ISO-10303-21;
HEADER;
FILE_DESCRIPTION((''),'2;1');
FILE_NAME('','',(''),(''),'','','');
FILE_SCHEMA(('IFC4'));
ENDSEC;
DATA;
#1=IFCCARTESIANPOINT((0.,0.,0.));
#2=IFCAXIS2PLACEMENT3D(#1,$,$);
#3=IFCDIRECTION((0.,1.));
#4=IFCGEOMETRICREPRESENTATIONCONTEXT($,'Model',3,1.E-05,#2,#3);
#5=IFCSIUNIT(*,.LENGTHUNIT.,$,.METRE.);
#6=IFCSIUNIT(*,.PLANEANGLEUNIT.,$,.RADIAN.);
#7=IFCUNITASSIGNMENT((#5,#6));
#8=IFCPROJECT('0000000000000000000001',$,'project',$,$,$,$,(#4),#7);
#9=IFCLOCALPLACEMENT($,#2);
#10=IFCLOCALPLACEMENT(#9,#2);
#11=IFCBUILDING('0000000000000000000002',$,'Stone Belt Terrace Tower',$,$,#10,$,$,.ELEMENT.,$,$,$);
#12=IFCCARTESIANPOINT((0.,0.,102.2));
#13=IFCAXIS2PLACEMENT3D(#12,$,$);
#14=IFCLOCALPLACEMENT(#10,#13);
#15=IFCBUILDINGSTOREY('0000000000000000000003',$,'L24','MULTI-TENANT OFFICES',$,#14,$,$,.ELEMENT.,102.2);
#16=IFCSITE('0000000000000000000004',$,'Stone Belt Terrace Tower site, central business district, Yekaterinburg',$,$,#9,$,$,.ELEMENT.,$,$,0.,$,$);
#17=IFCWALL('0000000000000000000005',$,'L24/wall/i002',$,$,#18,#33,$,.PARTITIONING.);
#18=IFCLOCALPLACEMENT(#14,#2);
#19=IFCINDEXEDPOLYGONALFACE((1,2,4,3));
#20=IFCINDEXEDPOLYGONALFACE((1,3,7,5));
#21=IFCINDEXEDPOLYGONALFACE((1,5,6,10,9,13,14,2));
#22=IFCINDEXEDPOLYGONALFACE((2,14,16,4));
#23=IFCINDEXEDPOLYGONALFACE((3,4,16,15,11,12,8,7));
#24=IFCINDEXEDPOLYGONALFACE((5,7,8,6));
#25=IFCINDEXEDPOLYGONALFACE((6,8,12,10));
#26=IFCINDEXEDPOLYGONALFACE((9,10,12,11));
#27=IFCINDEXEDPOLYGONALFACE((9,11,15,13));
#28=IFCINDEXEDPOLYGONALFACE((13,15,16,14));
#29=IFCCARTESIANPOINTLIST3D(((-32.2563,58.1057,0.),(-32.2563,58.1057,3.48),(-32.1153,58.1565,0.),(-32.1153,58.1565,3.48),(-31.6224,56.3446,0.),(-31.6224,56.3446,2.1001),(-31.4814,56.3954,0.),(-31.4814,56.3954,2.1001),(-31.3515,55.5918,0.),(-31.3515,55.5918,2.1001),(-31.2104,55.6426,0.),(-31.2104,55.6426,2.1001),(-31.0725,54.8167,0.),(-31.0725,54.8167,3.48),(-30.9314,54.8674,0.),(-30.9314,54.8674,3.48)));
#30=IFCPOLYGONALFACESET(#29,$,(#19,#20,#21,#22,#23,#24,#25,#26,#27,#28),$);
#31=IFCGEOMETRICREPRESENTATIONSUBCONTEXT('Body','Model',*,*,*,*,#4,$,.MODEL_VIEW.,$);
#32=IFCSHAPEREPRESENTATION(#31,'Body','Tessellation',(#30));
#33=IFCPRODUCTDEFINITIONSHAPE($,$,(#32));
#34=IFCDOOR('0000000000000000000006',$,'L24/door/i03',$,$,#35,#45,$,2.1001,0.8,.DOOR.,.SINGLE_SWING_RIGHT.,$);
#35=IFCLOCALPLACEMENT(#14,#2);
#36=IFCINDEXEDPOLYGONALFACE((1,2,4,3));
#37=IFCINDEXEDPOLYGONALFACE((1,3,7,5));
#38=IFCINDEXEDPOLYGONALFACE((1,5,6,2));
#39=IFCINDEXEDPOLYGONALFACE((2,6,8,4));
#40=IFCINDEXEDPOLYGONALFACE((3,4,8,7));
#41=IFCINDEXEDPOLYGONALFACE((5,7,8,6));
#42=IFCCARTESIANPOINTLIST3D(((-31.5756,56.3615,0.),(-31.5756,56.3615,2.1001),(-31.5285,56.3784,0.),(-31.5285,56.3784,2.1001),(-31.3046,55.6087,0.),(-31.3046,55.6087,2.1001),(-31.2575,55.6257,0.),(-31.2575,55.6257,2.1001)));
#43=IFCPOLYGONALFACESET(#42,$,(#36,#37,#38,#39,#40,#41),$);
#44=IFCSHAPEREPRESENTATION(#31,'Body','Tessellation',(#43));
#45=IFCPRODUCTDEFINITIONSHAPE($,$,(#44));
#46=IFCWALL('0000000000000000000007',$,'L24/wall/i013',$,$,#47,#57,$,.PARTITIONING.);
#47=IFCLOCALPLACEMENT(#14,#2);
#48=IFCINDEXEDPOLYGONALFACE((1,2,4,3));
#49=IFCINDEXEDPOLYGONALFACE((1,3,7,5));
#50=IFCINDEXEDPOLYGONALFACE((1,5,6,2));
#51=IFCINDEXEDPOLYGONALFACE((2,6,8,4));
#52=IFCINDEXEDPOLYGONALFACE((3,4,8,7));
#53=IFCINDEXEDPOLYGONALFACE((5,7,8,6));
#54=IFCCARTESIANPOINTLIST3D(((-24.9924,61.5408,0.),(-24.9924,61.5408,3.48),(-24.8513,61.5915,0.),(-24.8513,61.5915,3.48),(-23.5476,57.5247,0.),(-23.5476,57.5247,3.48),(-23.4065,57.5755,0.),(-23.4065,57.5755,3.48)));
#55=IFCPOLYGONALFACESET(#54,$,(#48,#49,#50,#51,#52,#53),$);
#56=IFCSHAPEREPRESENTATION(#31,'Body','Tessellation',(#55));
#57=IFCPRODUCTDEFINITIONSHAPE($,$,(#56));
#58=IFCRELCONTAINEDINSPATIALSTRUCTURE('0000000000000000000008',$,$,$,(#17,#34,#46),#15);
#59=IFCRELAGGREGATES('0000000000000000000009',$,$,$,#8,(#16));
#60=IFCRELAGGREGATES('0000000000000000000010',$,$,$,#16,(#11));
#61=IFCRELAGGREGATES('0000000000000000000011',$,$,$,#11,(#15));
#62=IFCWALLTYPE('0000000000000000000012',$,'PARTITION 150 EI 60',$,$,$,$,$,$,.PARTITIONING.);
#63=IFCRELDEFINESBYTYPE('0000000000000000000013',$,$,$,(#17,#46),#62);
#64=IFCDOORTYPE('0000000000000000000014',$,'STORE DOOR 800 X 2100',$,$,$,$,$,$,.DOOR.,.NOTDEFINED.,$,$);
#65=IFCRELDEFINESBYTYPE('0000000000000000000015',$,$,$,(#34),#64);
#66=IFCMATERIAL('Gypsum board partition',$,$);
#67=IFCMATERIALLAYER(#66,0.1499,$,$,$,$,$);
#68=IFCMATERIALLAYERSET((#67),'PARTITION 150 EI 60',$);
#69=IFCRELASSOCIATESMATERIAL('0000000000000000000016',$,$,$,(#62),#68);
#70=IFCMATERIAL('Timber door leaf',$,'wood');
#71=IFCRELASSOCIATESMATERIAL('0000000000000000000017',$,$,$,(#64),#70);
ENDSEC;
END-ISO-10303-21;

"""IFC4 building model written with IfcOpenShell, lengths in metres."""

from ifc_helpers import new_model, si_unit, direction, frame, frame_2d, origin, place, context, subcontext, project, spatial, rectangle, extrude, material, layer, layer_set, type_object, element, fill, save


model = new_model("IFC4")

# Units and contexts
model_context = context("Model", 3, precision=1e-05, world=origin(), true_north=direction((0.0, 1.0)))
body_context = subcontext(model_context, "Body", "Model", "MODEL_VIEW")
ifc_project = project(units=[si_unit("LENGTHUNIT", "METRE"), si_unit("PLANEANGLEUNIT", "RADIAN")], contexts=[model_context])

# Site, building, storey
site_placement = place(None, origin())
site = spatial("IfcSite", under=ifc_project, at=site_placement, Name="Stone Belt Terrace Tower site, central business district, Yekaterinburg", CompositionType="ELEMENT", RefElevation=0.0)
building_placement = place(site_placement, origin())
building = spatial("IfcBuilding", under=site, at=building_placement, Name="Stone Belt Terrace Tower", CompositionType="ELEMENT")
storey_placement = place(building_placement, frame((0.0, 0.0, 102.2)))
storey = spatial("IfcBuildingStorey", under=building, at=storey_placement, Name="L24", Description="MULTI-TENANT OFFICES", CompositionType="ELEMENT", Elevation=102.2)

# Wall, opening, door
ifc_material_1 = material(Name="Gypsum board partition")
ifc_layer_1 = layer(ifc_material_1, 0.1499)
ifc_layer_set_1 = layer_set([ifc_layer_1], Name="PARTITION 150 EI 60")
wall_type_1 = type_object("IfcWallType", Name="PARTITION 150 EI 60", PredefinedType="PARTITIONING", material=ifc_layer_set_1)
wall_1_placement = place(storey_placement, frame((-32.1858, 58.1311, 0.0), z_axis=(0.0, 0.0, 1.0), x_axis=(0.338663, -0.940908, 0.0)))
wall_1 = element("IfcWall", 1, at=wall_1_placement, inside=storey, type_object=wall_type_1, Name="L24/wall/i002", PredefinedType="PARTITIONING", context=body_context, shape_type="SweptSolid", body=[
    extrude(rectangle(XDim=3.4956, YDim=0.1499, at=frame_2d((1.7478, 0.0))), origin(), (0.0, 0.0, 1.0), 3.48),
])
opening_1_placement = place(wall_1_placement, frame((1.8718, 0.0, 0.0)))
opening_1 = element("IfcOpeningElement", 2, at=opening_1_placement, cuts=wall_1, PredefinedType="OPENING", context=body_context, shape_type="SweptSolid", body=[
    extrude(rectangle(XDim=0.8, YDim=2.1001, at=frame_2d((0.3999, 1.05))), frame((0.0, 0.085, 0.0), z_axis=(0.0, -1.0, 0.0), x_axis=(1.0, 0.0, 0.0)), (0.0, 0.0, 1.0), 0.1699),
])
ifc_material_2 = material(Name="Timber door leaf", Category="wood")
door_type_1 = type_object("IfcDoorType", Name="STORE DOOR 800 X 2100", OperationType="NOTDEFINED", PredefinedType="DOOR", material=ifc_material_2)
door_1_placement = place(opening_1_placement, origin())
door_1 = element("IfcDoor", 3, at=door_1_placement, inside=storey, type_object=door_type_1, Name="L24/door/i03", OperationType="SINGLE_SWING_RIGHT", OverallHeight=2.1001, OverallWidth=0.8, PredefinedType="DOOR", context=body_context, shape_type="SweptSolid", body=[
    extrude(rectangle(XDim=0.8, YDim=2.1001, at=frame_2d((0.3999, 1.05))), frame((0.0, 0.0249, 0.0), z_axis=(0.0, -1.0, 0.0), x_axis=(1.0, 0.0, 0.0)), (0.0, 0.0, 1.0), 0.05),
])
fill(opening_1, door_1)

# Wall
wall_2_placement = place(storey_placement, frame((-24.9219, 61.5662, 0.0), z_axis=(0.0, 0.0, 1.0), x_axis=(0.338517, -0.94096, 0.0)))
element("IfcWall", 4, at=wall_2_placement, inside=storey, type_object=wall_type_1, Name="L24/wall/i013", PredefinedType="PARTITIONING", context=body_context, shape_type="SweptSolid", body=[
    extrude(rectangle(XDim=4.2681, YDim=0.1499, at=frame_2d((2.134, 0.0))), origin(), (0.0, 0.0, 1.0), 3.48),
])

save(model, "model.ifc")
